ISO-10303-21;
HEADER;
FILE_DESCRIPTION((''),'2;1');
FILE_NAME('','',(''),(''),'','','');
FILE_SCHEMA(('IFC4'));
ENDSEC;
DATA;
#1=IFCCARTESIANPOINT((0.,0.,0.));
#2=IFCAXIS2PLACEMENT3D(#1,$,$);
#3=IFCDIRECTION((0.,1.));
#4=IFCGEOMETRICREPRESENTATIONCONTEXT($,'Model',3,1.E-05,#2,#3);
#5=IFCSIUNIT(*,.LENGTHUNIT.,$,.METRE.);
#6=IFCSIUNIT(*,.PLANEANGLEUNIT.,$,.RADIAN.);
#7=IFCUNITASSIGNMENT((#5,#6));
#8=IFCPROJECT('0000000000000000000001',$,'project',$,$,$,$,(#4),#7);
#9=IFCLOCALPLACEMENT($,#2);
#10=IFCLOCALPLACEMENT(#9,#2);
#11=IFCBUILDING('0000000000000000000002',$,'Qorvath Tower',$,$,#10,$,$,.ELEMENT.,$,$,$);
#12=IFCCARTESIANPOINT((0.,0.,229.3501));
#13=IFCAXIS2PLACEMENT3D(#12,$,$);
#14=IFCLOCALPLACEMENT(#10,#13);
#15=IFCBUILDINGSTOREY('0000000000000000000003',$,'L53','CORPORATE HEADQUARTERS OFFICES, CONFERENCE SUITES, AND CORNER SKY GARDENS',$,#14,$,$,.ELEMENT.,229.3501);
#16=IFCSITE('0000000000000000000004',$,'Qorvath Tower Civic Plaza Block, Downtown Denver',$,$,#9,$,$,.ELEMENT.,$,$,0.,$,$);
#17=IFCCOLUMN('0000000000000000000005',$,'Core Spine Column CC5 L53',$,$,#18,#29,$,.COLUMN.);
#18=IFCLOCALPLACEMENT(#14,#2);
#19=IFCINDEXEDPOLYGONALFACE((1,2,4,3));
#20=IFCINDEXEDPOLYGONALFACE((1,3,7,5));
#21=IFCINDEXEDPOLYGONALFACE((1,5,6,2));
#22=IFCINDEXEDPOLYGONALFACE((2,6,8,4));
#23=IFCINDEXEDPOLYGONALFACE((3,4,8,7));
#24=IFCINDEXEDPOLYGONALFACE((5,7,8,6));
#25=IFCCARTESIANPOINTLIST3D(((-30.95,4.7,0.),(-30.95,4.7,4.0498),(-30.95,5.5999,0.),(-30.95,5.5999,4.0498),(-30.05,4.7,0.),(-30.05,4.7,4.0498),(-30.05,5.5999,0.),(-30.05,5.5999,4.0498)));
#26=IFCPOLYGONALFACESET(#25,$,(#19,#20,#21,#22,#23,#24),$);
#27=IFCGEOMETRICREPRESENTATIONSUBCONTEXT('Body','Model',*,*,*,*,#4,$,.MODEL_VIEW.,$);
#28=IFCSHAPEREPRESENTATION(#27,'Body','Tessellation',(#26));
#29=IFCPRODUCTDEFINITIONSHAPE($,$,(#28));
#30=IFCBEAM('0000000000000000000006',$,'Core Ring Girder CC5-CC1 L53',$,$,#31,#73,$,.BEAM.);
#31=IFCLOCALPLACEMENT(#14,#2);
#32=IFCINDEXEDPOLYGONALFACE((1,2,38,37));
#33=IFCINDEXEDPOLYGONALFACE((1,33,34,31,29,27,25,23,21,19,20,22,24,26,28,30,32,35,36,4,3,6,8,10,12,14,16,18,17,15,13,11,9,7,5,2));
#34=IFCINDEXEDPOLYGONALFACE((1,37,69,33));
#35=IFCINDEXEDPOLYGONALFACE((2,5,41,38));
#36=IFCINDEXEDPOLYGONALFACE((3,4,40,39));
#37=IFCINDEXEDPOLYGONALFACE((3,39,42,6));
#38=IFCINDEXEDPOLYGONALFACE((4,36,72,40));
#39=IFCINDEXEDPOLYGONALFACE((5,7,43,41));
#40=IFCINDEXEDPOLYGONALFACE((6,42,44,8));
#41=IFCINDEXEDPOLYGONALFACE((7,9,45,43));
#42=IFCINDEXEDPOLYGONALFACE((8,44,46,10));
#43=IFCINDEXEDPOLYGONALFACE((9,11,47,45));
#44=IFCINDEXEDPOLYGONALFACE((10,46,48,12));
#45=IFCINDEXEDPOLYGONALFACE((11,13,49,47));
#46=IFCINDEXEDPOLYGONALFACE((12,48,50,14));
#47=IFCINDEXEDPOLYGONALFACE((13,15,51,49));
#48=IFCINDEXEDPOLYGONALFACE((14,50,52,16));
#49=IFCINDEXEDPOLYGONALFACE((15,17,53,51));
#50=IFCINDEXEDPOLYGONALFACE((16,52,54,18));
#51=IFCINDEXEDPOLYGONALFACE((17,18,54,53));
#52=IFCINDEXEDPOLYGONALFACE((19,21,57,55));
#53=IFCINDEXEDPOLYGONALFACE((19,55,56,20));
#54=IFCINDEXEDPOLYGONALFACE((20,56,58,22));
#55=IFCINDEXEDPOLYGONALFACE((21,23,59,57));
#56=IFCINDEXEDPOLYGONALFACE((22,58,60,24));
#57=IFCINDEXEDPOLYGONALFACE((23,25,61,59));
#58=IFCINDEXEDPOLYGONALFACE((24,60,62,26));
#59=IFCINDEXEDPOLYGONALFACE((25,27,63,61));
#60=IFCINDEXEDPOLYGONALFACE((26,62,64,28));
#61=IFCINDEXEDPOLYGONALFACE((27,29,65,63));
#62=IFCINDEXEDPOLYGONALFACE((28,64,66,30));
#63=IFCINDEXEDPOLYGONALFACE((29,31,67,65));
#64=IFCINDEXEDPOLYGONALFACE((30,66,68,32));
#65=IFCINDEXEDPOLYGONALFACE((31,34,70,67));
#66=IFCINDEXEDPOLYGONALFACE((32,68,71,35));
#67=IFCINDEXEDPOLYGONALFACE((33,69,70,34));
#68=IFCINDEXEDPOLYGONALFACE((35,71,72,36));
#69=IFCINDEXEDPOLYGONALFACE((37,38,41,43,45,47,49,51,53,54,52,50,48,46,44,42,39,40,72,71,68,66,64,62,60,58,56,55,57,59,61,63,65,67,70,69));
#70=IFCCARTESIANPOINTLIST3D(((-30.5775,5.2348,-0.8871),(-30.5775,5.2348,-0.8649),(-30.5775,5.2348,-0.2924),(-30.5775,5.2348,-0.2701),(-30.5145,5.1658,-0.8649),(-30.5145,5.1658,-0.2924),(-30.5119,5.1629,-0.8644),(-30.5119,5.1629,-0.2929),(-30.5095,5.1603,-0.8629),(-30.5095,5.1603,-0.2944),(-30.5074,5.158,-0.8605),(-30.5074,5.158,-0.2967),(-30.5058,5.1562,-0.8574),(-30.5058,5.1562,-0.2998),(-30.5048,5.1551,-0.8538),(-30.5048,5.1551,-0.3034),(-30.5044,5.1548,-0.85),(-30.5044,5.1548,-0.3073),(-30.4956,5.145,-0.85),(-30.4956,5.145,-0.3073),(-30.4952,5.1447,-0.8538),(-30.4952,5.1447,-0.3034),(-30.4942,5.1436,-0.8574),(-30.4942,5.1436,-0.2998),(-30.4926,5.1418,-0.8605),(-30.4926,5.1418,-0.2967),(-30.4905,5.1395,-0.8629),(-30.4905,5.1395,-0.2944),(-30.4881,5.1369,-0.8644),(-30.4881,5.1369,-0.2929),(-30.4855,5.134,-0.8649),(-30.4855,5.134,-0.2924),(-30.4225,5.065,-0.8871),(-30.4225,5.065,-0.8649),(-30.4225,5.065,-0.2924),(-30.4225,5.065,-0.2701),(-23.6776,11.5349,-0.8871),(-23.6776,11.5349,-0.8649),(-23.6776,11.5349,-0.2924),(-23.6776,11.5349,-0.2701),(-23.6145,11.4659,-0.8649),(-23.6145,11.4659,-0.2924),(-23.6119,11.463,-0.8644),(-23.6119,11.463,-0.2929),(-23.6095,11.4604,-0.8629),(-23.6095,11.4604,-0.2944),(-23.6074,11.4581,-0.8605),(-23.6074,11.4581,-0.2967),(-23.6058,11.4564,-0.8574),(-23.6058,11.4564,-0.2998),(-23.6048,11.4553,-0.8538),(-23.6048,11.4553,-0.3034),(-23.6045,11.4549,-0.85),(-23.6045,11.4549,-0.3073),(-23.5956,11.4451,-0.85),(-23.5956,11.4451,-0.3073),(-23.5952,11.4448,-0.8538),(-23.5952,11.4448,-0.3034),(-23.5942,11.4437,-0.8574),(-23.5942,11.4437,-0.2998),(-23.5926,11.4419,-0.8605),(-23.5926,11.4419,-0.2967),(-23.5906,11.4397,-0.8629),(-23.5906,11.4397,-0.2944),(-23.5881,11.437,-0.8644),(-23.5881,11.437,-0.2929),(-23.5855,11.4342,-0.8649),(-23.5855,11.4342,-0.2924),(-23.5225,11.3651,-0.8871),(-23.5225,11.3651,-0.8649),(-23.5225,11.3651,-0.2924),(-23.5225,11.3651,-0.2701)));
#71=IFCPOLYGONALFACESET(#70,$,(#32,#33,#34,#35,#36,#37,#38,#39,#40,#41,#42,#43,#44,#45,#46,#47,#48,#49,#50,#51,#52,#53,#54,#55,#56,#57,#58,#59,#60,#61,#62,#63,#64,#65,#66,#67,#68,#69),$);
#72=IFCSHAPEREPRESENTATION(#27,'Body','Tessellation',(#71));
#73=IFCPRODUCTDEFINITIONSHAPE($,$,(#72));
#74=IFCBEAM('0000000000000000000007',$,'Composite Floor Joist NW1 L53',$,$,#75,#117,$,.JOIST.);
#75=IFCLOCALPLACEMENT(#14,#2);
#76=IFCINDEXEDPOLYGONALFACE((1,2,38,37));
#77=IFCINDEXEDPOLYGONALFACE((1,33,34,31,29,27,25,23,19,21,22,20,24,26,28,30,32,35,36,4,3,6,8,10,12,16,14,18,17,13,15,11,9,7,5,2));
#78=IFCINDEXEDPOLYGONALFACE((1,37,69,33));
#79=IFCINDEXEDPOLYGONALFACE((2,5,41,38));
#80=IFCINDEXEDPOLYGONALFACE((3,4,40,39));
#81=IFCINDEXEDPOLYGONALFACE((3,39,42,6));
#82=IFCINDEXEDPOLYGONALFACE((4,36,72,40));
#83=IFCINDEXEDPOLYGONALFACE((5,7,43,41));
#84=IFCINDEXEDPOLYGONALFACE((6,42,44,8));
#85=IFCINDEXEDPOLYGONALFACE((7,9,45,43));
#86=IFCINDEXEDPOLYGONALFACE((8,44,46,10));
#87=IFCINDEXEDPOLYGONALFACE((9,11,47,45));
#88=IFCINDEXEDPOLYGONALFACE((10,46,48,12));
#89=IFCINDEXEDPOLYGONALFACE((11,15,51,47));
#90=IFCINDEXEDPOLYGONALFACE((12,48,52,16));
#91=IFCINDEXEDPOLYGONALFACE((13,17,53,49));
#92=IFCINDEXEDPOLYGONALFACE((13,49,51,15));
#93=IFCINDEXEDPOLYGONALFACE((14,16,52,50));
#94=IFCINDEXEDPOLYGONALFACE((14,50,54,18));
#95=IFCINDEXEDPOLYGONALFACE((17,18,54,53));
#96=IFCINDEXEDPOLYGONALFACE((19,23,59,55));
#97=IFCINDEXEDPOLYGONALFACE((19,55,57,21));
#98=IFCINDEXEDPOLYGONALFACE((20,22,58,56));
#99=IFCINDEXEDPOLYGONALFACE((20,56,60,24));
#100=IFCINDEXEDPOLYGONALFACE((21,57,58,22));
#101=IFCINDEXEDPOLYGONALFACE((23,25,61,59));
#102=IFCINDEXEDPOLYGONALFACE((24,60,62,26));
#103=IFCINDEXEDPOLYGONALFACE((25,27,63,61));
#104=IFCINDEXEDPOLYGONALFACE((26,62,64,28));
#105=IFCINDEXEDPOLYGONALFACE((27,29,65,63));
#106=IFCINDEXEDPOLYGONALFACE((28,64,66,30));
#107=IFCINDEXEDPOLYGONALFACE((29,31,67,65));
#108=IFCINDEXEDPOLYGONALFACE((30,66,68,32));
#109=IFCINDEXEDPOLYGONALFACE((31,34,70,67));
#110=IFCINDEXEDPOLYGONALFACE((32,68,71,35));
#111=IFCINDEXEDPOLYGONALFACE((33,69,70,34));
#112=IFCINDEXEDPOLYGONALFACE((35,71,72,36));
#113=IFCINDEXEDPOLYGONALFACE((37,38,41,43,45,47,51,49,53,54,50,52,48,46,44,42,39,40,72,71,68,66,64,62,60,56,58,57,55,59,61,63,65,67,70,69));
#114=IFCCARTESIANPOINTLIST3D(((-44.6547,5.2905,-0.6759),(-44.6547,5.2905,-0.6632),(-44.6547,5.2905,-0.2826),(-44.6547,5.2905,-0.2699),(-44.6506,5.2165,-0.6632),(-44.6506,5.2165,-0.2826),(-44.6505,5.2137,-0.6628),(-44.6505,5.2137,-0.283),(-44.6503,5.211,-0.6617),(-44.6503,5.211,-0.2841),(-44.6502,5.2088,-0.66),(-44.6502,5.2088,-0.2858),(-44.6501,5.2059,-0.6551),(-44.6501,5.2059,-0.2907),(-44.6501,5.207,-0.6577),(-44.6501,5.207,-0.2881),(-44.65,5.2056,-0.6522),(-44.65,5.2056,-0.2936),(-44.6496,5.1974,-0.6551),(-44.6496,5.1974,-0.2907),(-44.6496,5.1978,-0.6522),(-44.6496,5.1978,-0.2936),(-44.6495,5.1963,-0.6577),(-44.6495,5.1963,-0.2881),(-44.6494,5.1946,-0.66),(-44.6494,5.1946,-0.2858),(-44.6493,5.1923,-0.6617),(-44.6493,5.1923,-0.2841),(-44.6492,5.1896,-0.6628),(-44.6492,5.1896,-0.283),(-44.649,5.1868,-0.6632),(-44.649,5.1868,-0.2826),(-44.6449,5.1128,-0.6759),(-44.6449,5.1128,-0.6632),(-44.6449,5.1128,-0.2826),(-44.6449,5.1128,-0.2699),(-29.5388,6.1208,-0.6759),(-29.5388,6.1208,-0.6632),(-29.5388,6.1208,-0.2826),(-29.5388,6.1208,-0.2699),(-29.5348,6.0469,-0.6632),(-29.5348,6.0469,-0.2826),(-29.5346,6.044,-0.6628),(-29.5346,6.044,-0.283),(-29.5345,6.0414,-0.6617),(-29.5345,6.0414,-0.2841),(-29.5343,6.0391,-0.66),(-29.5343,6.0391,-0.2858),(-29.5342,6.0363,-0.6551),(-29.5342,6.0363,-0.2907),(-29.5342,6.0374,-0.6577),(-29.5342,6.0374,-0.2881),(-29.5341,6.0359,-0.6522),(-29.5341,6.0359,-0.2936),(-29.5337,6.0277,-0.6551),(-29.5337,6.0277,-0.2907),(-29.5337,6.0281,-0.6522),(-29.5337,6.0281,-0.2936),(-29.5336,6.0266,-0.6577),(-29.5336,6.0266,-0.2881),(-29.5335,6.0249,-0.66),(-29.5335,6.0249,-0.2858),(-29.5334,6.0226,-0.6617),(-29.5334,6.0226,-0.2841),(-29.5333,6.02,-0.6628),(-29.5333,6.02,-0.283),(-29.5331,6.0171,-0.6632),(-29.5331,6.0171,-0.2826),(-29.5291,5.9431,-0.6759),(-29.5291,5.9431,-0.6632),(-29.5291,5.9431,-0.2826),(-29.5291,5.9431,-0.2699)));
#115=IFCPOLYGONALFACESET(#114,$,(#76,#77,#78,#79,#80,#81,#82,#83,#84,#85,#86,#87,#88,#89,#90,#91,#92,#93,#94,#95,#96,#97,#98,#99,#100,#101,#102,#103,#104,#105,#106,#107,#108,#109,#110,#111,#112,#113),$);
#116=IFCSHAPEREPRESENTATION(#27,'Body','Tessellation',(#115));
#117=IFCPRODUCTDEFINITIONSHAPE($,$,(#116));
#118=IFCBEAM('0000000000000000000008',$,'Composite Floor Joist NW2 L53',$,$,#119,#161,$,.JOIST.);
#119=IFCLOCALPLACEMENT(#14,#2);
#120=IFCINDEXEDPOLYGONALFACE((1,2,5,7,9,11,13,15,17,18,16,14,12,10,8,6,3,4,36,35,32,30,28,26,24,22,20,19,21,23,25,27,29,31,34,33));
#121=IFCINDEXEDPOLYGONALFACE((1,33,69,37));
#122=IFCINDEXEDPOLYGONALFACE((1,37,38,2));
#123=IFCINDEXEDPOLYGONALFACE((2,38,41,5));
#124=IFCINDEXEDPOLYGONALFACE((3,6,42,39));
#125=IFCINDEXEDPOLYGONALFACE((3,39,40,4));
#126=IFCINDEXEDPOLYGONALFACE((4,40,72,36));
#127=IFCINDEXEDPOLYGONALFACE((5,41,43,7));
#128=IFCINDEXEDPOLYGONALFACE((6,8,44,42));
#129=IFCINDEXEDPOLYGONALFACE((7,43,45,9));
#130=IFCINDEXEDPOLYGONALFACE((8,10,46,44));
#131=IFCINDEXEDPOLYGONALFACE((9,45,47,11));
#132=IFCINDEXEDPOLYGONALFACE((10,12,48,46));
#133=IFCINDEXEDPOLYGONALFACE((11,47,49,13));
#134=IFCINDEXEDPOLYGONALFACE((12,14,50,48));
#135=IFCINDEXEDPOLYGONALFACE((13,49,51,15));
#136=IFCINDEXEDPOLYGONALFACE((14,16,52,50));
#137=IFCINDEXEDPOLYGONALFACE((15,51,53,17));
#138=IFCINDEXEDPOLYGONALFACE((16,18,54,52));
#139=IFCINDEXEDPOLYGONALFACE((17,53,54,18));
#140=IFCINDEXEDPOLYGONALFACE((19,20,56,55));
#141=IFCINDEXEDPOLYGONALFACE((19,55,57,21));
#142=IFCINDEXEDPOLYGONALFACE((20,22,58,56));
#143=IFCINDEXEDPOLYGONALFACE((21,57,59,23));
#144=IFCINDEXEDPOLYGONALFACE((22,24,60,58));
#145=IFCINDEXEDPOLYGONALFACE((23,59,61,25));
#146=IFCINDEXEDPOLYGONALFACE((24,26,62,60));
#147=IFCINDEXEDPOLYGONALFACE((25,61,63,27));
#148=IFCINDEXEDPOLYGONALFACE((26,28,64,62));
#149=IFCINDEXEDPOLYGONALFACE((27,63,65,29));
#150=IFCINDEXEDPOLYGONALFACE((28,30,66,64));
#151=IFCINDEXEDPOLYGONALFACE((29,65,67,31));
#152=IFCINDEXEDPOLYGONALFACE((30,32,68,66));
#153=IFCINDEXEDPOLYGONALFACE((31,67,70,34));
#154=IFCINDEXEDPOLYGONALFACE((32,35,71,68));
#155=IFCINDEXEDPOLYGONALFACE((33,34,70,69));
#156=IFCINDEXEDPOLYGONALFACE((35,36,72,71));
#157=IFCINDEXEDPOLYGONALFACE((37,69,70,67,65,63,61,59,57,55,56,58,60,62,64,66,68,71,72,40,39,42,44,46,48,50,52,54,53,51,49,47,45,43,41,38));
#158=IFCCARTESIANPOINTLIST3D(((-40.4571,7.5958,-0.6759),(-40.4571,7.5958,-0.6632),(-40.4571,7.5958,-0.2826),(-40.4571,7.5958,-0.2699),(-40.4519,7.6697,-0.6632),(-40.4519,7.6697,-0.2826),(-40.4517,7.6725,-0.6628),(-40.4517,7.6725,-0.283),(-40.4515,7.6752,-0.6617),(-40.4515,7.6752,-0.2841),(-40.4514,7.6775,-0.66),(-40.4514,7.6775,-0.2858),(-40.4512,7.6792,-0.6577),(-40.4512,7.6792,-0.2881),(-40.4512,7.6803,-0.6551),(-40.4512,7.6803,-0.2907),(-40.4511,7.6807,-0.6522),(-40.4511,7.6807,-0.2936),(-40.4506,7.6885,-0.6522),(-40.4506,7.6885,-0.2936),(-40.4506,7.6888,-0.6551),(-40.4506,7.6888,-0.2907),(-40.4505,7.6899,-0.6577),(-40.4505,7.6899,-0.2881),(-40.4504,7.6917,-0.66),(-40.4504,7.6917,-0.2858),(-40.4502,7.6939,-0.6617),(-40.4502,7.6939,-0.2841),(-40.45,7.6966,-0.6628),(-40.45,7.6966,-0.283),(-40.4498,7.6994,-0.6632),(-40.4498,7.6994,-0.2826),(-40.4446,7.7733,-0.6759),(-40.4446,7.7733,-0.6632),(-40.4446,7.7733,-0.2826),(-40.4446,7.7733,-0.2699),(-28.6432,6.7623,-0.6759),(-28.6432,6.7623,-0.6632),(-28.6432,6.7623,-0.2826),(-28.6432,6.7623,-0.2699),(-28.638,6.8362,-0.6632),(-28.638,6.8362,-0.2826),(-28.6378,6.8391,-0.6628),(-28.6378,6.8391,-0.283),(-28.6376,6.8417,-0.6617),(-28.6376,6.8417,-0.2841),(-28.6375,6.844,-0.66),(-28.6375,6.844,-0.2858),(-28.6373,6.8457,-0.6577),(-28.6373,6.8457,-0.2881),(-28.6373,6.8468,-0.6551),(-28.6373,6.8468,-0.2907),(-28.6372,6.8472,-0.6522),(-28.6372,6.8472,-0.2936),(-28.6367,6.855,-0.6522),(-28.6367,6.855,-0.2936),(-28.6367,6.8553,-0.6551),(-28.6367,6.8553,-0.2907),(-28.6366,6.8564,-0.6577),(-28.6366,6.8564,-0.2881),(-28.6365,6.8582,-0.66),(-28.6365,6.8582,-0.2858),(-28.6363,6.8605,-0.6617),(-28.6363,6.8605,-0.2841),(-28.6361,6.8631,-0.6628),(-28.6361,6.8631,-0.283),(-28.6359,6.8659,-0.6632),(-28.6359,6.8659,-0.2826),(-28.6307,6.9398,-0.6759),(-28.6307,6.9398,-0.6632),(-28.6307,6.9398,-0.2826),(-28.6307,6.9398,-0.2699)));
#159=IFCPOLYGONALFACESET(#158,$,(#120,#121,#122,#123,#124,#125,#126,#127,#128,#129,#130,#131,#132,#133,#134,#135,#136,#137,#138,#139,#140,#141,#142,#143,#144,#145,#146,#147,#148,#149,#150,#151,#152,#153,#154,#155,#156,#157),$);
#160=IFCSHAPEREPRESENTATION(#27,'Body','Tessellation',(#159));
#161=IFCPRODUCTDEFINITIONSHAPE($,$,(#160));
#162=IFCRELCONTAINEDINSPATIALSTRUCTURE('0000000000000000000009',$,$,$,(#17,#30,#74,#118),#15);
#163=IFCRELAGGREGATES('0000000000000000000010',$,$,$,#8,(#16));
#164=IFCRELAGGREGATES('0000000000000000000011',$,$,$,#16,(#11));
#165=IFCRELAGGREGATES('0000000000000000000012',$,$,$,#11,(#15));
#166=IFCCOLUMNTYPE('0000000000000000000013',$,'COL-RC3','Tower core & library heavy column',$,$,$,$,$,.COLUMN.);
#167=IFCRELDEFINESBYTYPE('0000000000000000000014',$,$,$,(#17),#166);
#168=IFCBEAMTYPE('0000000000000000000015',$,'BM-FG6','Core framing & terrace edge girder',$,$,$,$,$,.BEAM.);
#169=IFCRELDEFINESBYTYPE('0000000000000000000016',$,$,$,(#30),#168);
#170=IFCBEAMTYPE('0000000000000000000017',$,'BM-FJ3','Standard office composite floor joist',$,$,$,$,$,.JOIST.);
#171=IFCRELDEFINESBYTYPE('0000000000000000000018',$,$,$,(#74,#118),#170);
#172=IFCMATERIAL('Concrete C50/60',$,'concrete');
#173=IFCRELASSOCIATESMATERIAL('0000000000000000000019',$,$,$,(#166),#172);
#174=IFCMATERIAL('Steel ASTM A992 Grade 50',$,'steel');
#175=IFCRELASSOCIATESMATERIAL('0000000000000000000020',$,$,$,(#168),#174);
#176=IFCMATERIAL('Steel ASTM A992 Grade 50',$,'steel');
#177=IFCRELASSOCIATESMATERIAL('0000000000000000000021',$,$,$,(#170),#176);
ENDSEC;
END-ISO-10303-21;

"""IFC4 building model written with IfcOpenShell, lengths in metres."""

from ifc_helpers import new_model, si_unit, direction, frame, origin, origin_2d, place, context, subcontext, project, spatial, rectangle, i_section, extrude, material, material_profile, profile_set, type_object, element, save


model = new_model("IFC4")

# Units and contexts
model_context = context("Model", 3, precision=1e-05, world=origin(), true_north=direction((0.0, 1.0)))
body_context = subcontext(model_context, "Body", "Model", "MODEL_VIEW")
ifc_project = project(units=[si_unit("LENGTHUNIT", "METRE"), si_unit("PLANEANGLEUNIT", "RADIAN")], contexts=[model_context])

# Site, building, storey
site_placement = place(None, origin())
site = spatial("IfcSite", under=ifc_project, at=site_placement, Name="Qorvath Tower Civic Plaza Block, Downtown Denver", CompositionType="ELEMENT", RefElevation=0.0)
building_placement = place(site_placement, origin())
building = spatial("IfcBuilding", under=site, at=building_placement, Name="Qorvath Tower", CompositionType="ELEMENT")
storey_placement = place(building_placement, frame((0.0, 0.0, 229.3501)))
storey = spatial("IfcBuildingStorey", under=building, at=storey_placement, Name="L53", Description="CORPORATE HEADQUARTERS OFFICES, CONFERENCE SUITES, AND CORNER SKY GARDENS", CompositionType="ELEMENT", Elevation=229.3501)

# Column
ifc_material_1 = material(Name="Concrete C50/60", Category="concrete")
ifc_material_profile_1 = material_profile(ifc_material_1, rectangle(XDim=0.8999, YDim=0.8999, at=origin_2d()), Name="RC 900x900")
ifc_profile_set_1 = profile_set([ifc_material_profile_1], Name="Concrete C50/60")
column_type = type_object("IfcColumnType", Name="COL-RC3", Description="Tower core & library heavy column", PredefinedType="COLUMN", material=ifc_profile_set_1)
column_placement = place(storey_placement, frame((-30.5, 5.1499, 0.0), z_axis=(0.0, 0.0, 1.0), x_axis=(1.0, 0.0, 0.0)))
element("IfcColumn", 1, at=column_placement, inside=storey, type_object=column_type, Name="Core Spine Column CC5 L53", PredefinedType="COLUMN", context=body_context, shape_type="SweptSolid", body=[
    extrude(rectangle(XDim=0.8999, YDim=0.8999, at=origin_2d()), origin(), (0.0, 0.0, 1.0), 4.0498),
])

# Beams
ifc_material_2 = material(Name="Steel ASTM A992 Grade 50", Category="steel")
ifc_material_profile_2 = material_profile(ifc_material_2, i_section(OverallWidth=0.23, OverallDepth=0.6169, WebThickness=0.0132, FlangeThickness=0.0222, FilletRadius=0.0149, at=origin_2d()), Name="W24x94")
ifc_profile_set_2 = profile_set([ifc_material_profile_2], Name="Steel ASTM A992 Grade 50")
beam_type_1 = type_object("IfcBeamType", Name="BM-FG6", Description="Core framing & terrace edge girder", PredefinedType="BEAM", material=ifc_profile_set_2)
beam_1_placement = place(storey_placement, frame((-30.5, 5.1499, -0.5786), z_axis=(0.738478, 0.674277, 0.0), x_axis=(-0.674277, 0.738478, 0.0)))
element("IfcBeam", 2, at=beam_1_placement, inside=storey, type_object=beam_type_1, Name="Core Ring Girder CC5-CC1 L53", PredefinedType="BEAM", context=body_context, shape_type="SweptSolid", body=[
    extrude(i_section(OverallWidth=0.23, OverallDepth=0.6169, WebThickness=0.0132, FlangeThickness=0.0222, FilletRadius=0.0149, at=origin_2d()), origin(), (0.0, 0.0, 1.0), 9.3435),
])
ifc_material_3 = material(Name="Steel ASTM A992 Grade 50", Category="steel")
ifc_material_profile_3 = material_profile(ifc_material_3, i_section(OverallWidth=0.178, OverallDepth=0.406, WebThickness=0.0078, FlangeThickness=0.0127, FilletRadius=0.011, at=origin_2d()), Name="W16x40")
ifc_profile_set_3 = profile_set([ifc_material_profile_3], Name="Steel ASTM A992 Grade 50")
beam_type_2 = type_object("IfcBeamType", Name="BM-FJ3", Description="Standard office composite floor joist", PredefinedType="JOIST", material=ifc_profile_set_3)
beam_2_placement = place(storey_placement, frame((-29.5339, 6.032, -0.4729), z_axis=(-0.998495, -0.054847, 0.0), x_axis=(0.054847, -0.998495, 0.0)))
element("IfcBeam", 3, at=beam_2_placement, inside=storey, type_object=beam_type_2, Name="Composite Floor Joist NW1 L53", PredefinedType="JOIST", context=body_context, shape_type="SweptSolid", body=[
    extrude(i_section(OverallWidth=0.178, OverallDepth=0.406, WebThickness=0.0078, FlangeThickness=0.0127, FilletRadius=0.011, at=origin_2d()), origin(), (0.0, 0.0, 1.0), 15.1387),
])
beam_3_placement = place(storey_placement, frame((-28.637, 6.8511, -0.4729), z_axis=(-0.99752, 0.070377, 0.0), x_axis=(-0.070377, -0.99752, 0.0)))
element("IfcBeam", 4, at=beam_3_placement, inside=storey, type_object=beam_type_2, Name="Composite Floor Joist NW2 L53", PredefinedType="JOIST", context=body_context, shape_type="SweptSolid", body=[
    extrude(i_section(OverallWidth=0.178, OverallDepth=0.406, WebThickness=0.0078, FlangeThickness=0.0127, FilletRadius=0.011, at=origin_2d()), origin(), (0.0, 0.0, 1.0), 11.8433),
])

save(model, "model.ifc")
